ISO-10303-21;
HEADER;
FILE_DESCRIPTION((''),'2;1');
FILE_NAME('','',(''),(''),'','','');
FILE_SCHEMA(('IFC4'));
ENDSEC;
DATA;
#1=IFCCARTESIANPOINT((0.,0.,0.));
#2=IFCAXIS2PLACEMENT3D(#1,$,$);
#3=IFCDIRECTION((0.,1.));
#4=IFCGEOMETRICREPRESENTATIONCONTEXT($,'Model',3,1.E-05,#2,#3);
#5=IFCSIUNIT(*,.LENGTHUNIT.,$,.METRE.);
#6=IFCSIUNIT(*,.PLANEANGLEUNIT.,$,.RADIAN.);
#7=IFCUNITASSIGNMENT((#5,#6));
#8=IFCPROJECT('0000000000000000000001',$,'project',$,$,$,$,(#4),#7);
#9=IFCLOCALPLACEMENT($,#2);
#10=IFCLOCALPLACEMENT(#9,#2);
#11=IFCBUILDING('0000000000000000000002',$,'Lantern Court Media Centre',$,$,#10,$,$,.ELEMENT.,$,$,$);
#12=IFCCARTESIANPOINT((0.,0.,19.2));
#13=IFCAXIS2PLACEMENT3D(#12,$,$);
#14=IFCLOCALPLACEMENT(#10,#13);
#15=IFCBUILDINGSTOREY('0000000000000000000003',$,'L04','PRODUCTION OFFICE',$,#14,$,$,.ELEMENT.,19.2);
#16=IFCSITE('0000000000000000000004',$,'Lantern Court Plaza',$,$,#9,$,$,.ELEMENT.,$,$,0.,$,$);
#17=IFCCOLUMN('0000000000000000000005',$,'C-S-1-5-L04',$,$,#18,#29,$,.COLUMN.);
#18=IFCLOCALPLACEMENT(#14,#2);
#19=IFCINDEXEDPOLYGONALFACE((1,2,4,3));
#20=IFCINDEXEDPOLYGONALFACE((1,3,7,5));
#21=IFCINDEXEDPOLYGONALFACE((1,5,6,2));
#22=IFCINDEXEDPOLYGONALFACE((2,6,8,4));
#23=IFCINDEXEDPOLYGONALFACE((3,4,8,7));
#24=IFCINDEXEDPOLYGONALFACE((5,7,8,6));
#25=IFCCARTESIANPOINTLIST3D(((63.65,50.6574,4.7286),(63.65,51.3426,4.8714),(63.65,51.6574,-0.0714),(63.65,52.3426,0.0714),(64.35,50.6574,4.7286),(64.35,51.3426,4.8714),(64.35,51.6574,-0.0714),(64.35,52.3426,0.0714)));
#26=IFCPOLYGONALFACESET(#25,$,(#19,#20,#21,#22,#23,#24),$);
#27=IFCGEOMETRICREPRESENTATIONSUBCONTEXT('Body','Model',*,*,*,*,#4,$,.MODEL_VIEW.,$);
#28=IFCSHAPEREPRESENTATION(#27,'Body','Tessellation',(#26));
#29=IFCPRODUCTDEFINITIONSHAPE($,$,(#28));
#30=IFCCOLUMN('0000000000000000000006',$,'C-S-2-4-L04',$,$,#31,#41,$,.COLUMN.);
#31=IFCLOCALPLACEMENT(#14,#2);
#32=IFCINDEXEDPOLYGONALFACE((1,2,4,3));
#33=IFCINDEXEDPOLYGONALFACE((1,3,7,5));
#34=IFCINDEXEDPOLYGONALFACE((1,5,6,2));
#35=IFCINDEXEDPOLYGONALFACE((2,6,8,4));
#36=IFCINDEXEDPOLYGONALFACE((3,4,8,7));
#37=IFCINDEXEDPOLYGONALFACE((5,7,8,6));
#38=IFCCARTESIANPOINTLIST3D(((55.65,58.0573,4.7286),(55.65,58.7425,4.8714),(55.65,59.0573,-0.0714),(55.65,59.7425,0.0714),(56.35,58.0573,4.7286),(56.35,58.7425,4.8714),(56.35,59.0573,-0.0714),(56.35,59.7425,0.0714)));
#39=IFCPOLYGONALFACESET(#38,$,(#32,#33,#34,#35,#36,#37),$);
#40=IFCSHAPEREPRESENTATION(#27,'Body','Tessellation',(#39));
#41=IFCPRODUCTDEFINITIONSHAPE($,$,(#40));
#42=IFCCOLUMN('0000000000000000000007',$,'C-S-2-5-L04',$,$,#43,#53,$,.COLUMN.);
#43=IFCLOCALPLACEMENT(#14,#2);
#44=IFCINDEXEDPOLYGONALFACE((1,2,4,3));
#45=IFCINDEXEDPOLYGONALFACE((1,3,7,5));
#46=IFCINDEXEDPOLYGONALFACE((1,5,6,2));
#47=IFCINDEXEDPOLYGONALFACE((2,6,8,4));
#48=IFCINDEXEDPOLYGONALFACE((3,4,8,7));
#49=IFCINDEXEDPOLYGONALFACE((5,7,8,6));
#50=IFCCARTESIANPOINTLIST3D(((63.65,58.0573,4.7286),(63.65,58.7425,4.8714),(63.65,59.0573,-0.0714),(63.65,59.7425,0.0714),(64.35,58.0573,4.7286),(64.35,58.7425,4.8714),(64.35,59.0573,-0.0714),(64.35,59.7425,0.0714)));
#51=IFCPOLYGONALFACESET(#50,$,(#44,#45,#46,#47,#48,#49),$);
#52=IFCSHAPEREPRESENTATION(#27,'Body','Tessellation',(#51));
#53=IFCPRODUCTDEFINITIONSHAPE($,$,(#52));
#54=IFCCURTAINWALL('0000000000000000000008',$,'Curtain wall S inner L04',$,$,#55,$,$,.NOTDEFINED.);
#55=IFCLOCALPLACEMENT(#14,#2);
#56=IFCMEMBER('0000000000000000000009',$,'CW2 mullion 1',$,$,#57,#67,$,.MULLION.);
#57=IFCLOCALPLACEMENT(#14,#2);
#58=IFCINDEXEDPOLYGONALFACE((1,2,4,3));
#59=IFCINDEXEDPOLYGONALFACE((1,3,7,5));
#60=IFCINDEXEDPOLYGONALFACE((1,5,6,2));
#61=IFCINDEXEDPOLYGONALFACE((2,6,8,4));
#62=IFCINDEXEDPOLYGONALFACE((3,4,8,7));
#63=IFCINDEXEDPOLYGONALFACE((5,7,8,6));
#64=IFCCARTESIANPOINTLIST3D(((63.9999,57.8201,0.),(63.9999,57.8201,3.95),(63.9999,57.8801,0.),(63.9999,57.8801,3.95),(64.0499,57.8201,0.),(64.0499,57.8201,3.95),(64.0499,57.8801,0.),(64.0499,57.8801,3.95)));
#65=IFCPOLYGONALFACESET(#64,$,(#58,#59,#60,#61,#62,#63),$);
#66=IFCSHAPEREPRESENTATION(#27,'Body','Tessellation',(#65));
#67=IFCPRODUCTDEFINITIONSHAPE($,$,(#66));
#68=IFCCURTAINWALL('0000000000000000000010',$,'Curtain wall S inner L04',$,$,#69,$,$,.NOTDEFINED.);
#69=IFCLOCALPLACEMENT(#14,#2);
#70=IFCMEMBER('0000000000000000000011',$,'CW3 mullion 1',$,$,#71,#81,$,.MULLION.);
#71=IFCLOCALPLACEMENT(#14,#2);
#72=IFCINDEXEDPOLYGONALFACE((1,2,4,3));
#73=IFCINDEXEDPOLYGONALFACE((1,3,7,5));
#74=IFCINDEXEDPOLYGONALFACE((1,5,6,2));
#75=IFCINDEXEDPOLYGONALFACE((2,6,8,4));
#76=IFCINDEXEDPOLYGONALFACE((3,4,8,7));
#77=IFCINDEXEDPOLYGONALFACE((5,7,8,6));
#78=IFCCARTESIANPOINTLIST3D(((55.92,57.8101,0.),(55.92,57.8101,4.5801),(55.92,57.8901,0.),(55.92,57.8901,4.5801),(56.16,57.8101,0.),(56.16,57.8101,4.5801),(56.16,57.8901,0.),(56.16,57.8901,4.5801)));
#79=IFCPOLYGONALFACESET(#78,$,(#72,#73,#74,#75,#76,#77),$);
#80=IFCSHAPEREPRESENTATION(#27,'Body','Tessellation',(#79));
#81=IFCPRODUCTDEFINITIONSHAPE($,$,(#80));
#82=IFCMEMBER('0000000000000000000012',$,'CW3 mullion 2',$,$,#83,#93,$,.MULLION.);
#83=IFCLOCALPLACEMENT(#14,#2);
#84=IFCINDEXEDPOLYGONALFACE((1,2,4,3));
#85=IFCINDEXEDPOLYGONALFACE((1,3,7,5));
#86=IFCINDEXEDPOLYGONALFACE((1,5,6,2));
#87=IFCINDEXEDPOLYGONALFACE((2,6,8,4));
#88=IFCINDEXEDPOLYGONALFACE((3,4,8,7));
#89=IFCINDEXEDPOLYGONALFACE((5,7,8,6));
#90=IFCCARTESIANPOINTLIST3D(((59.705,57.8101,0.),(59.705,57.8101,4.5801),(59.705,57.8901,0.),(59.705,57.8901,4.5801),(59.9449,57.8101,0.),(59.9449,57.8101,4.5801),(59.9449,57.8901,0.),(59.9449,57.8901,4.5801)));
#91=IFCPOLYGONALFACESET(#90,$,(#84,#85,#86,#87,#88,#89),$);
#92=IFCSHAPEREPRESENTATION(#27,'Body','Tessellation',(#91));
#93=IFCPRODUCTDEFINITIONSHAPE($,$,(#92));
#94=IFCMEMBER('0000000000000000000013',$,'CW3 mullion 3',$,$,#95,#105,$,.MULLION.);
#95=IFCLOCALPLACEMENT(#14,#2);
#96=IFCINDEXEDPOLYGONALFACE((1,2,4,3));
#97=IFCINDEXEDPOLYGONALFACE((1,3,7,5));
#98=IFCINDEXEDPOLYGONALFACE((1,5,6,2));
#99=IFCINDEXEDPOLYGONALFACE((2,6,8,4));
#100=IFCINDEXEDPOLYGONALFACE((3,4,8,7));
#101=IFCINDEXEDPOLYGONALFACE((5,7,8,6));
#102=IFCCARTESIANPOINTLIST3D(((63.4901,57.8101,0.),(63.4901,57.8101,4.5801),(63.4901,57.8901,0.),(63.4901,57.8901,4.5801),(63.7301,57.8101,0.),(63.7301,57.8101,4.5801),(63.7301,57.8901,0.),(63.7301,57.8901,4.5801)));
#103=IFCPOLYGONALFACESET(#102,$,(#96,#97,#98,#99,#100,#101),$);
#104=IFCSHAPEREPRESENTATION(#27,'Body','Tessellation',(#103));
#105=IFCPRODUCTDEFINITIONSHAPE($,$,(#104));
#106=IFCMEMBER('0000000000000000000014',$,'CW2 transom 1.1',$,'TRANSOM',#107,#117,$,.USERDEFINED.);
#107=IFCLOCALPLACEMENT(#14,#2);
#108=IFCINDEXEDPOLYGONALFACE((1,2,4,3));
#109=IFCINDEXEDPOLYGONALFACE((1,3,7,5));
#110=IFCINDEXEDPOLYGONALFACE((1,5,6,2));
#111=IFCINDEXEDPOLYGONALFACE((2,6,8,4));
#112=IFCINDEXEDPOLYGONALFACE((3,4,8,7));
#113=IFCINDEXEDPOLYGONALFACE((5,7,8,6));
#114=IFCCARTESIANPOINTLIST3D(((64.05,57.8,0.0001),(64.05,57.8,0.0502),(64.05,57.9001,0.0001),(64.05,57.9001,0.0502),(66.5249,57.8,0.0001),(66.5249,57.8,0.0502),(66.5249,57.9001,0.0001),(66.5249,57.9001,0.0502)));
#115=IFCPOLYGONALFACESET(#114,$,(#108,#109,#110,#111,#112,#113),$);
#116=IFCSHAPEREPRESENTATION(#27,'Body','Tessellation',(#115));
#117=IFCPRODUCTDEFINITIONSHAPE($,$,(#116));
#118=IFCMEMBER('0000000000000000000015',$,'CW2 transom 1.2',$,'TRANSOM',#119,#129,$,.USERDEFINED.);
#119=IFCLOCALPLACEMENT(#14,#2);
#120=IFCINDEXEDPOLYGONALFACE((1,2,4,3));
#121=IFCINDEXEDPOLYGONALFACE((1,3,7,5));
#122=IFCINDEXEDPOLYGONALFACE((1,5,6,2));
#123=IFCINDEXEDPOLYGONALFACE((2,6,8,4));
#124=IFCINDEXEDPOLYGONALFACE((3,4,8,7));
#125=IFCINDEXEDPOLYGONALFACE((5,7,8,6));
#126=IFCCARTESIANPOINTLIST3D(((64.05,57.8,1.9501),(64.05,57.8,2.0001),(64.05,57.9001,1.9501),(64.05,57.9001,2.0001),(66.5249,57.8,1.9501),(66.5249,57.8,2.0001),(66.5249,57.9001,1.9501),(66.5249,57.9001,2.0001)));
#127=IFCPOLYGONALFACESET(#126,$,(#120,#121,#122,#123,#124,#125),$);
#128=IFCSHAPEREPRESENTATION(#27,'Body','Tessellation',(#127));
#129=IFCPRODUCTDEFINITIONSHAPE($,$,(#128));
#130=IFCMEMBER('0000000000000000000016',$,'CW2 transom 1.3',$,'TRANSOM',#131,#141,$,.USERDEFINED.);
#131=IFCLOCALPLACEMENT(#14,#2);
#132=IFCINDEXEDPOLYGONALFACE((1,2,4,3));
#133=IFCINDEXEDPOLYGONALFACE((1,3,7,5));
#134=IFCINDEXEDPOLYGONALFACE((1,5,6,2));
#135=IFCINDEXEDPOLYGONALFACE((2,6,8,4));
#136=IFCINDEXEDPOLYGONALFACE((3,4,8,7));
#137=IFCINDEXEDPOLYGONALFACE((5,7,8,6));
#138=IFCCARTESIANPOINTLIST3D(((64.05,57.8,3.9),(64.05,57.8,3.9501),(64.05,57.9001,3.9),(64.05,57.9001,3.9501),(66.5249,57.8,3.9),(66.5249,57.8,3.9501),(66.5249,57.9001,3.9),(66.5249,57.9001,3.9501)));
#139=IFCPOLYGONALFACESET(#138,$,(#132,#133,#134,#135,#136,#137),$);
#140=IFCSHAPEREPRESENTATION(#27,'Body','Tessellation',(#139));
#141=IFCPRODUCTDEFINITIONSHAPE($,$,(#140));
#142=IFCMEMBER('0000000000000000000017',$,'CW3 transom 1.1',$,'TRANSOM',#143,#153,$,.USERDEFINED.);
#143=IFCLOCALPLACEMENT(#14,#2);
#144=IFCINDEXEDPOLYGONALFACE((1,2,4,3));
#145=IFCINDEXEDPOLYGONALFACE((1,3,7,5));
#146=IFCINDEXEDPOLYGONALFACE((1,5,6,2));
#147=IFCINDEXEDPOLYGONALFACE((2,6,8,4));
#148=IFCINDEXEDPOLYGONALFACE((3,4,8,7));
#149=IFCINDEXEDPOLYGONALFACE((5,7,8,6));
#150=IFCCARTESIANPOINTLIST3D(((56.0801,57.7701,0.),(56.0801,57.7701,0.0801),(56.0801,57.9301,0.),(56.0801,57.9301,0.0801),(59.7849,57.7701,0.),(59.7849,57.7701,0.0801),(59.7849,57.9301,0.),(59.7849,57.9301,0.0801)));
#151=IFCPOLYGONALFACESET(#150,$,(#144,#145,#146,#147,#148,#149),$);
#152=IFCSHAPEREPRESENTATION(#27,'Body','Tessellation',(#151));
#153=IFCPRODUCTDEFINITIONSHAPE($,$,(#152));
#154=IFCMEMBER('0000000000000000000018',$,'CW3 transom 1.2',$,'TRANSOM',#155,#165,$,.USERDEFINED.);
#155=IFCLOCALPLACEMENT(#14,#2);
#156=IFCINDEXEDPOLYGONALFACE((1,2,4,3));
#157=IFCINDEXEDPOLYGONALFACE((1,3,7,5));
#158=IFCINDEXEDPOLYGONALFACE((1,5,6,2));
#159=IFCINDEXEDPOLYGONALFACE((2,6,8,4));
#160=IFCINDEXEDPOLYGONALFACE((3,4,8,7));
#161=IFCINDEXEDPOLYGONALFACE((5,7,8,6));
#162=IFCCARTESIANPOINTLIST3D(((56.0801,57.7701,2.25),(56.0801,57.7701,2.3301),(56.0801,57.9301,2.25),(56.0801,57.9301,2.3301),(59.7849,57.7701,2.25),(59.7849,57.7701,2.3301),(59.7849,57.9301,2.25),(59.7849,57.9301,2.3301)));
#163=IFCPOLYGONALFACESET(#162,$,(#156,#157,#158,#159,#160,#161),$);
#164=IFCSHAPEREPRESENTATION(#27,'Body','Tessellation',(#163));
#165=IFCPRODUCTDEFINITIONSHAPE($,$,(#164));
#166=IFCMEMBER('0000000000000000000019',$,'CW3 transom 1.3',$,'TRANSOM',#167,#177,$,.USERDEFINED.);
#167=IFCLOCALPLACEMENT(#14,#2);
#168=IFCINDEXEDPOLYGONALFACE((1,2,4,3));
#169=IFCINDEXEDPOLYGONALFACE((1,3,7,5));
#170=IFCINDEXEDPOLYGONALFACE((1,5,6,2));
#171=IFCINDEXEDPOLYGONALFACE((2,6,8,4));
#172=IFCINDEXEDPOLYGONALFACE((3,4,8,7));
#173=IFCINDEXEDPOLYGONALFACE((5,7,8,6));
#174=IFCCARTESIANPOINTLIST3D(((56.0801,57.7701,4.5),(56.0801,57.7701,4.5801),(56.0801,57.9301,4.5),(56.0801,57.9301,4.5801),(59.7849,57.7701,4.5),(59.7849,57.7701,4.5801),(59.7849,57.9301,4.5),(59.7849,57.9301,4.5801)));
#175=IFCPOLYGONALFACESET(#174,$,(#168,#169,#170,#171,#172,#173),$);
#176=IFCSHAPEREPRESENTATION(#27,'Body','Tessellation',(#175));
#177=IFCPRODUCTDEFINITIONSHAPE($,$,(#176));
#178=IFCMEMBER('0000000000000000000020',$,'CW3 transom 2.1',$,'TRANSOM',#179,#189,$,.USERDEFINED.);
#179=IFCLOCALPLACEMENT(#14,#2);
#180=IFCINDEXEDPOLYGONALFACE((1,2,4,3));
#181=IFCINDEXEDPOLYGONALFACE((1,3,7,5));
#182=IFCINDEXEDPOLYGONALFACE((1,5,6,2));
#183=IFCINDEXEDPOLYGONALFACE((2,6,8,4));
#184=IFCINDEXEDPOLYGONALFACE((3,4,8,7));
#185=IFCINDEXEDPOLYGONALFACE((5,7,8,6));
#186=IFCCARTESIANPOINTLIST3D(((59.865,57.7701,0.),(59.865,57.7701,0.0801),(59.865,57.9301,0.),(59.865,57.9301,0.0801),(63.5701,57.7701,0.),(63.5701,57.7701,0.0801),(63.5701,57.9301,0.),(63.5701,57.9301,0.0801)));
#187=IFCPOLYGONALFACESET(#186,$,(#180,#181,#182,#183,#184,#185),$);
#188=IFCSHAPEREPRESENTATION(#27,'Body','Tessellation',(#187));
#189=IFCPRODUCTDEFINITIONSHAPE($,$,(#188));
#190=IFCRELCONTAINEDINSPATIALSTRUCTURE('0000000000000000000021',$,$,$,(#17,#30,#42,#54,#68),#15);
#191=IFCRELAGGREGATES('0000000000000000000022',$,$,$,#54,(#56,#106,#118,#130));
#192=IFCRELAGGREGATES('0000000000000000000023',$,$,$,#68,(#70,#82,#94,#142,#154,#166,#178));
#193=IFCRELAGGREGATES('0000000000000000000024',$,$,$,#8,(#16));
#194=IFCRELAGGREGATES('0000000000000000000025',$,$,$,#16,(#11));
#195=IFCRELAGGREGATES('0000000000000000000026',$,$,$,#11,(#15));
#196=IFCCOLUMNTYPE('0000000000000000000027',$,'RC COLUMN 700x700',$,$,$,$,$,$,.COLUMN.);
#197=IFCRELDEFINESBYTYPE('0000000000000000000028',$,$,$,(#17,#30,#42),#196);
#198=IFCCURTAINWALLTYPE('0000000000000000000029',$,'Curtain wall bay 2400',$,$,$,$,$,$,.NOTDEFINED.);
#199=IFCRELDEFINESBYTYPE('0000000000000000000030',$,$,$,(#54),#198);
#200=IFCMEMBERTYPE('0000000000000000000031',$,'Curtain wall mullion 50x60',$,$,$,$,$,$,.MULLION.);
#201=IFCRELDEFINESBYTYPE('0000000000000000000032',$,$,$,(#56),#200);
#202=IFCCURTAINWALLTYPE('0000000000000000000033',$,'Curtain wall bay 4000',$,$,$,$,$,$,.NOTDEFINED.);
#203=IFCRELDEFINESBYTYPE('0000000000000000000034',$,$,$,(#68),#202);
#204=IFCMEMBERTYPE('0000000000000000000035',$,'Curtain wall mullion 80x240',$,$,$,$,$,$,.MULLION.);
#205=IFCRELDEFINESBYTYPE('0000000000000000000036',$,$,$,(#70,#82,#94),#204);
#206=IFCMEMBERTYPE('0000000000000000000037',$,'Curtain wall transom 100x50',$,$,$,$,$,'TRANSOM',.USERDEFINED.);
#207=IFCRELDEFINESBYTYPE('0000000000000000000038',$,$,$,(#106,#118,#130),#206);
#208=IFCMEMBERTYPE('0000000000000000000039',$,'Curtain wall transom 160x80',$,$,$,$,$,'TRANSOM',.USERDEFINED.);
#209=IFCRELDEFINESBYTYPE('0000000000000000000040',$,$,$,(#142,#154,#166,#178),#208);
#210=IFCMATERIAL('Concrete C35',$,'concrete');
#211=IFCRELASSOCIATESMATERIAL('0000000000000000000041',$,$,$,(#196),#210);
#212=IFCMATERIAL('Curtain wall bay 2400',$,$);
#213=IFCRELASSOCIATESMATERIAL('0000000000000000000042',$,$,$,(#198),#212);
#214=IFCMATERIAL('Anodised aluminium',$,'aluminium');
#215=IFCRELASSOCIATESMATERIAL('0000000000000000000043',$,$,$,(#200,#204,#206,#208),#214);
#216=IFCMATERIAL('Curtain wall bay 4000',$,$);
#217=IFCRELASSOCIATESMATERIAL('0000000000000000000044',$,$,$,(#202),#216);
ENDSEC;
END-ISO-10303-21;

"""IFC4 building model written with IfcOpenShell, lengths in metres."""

from ifc_helpers import new_model, si_unit, direction, frame, origin, origin_2d, place, context, subcontext, project, spatial, rectangle, extrude, material, material_profile, profile_set, type_object, element, aggregate, save


model = new_model("IFC4")

# Units and contexts
model_context = context("Model", 3, precision=1e-05, world=origin(), true_north=direction((0.0, 1.0)))
body_context = subcontext(model_context, "Body", "Model", "MODEL_VIEW")
ifc_project = project(units=[si_unit("LENGTHUNIT", "METRE"), si_unit("PLANEANGLEUNIT", "RADIAN")], contexts=[model_context])

# Site, building, storey
site_placement = place(None, origin())
site = spatial("IfcSite", under=ifc_project, at=site_placement, Name="Lantern Court Plaza", CompositionType="ELEMENT", RefElevation=0.0)
building_placement = place(site_placement, origin())
building = spatial("IfcBuilding", under=site, at=building_placement, Name="Lantern Court Media Centre", CompositionType="ELEMENT")
storey_placement = place(building_placement, frame((0.0, 0.0, 19.2)))
storey = spatial("IfcBuildingStorey", under=building, at=storey_placement, Name="L04", Description="PRODUCTION OFFICE", CompositionType="ELEMENT", Elevation=19.2)

# Columns
ifc_material_1 = material(Name="Concrete C35", Category="concrete")
ifc_material_profile_1 = material_profile(ifc_material_1, rectangle(XDim=0.7, YDim=0.7, at=origin_2d()), Name="RC 700x700")
ifc_profile_set_1 = profile_set([ifc_material_profile_1], Name="Concrete C35")
column_type = type_object("IfcColumnType", Name="RC COLUMN 700x700", PredefinedType="COLUMN", material=ifc_profile_set_1)
for number, where, z_axis, x_axis, name in (
    (1, (64.0, 52.0, 0.0), (0.0, -0.203952, 0.978981), (1.0, 0.0, 0.0), "C-S-1-5-L04"),
    (2, (56.0, 59.3999, 0.0), (0.0, -0.203952, 0.978981), (1.0, 0.0, 0.0), "C-S-2-4-L04"),
    (3, (64.0, 59.3999, 0.0), (0.0, -0.203952, 0.978981), (1.0, 0.0, 0.0), "C-S-2-5-L04"),
):
    element("IfcColumn", number, at=place(storey_placement, frame(where, z_axis=z_axis, x_axis=x_axis)), inside=storey, type_object=column_type, Name=name, PredefinedType="COLUMN", context=body_context, shape_type="SweptSolid", body=[
        extrude(rectangle(XDim=0.7, YDim=0.7, at=origin_2d()), origin(), (0.0, 0.0, 1.0), 4.9031),
    ])

# Curtain wall, member
ifc_material_2 = material(Name="Curtain wall bay 2400")
curtain_wall_type_1 = type_object("IfcCurtainWallType", Name="Curtain wall bay 2400", PredefinedType="NOTDEFINED", material=ifc_material_2)
curtain_wall_1_placement = place(storey_placement, origin())
curtain_wall_1 = element("IfcCurtainWall", 4, at=curtain_wall_1_placement, inside=storey, type_object=curtain_wall_type_1, Name="Curtain wall S inner L04", PredefinedType="NOTDEFINED")
ifc_material_3 = material(Name="Anodised aluminium", Category="aluminium")
ifc_material_profile_2 = material_profile(ifc_material_3, rectangle(XDim=0.0601, YDim=0.05, at=origin_2d()), Name="AL 50x60")
ifc_profile_set_2 = profile_set([ifc_material_profile_2], Name="Anodised aluminium")
member_type_1 = type_object("IfcMemberType", Name="Curtain wall mullion 50x60", PredefinedType="MULLION", material=ifc_profile_set_2)
member_1_placement = place(storey_placement, frame((64.0249, 57.8501, 0.0), z_axis=(0.0, 0.0, 1.0), x_axis=(0.0, 1.0, 0.0)))
member_1 = element("IfcMember", 5, at=member_1_placement, type_object=member_type_1, Name="CW2 mullion 1", PredefinedType="MULLION", context=body_context, shape_type="SweptSolid", body=[
    extrude(rectangle(XDim=0.0601, YDim=0.05, at=origin_2d()), origin(), (0.0, 0.0, 1.0), 3.95),
])

# Curtain wall, members
ifc_material_4 = material(Name="Curtain wall bay 4000")
curtain_wall_type_2 = type_object("IfcCurtainWallType", Name="Curtain wall bay 4000", PredefinedType="NOTDEFINED", material=ifc_material_4)
curtain_wall_2_placement = place(storey_placement, origin())
curtain_wall_2 = element("IfcCurtainWall", 6, at=curtain_wall_2_placement, inside=storey, type_object=curtain_wall_type_2, Name="Curtain wall S inner L04", PredefinedType="NOTDEFINED")
ifc_material_profile_3 = material_profile(ifc_material_3, rectangle(XDim=0.0801, YDim=0.24, at=origin_2d()), Name="AL 80x240")
ifc_profile_set_3 = profile_set([ifc_material_profile_3], Name="Anodised aluminium")
member_type_2 = type_object("IfcMemberType", Name="Curtain wall mullion 80x240", PredefinedType="MULLION", material=ifc_profile_set_3)
member_2_placement = place(storey_placement, frame((56.04, 57.8501, 0.0), z_axis=(0.0, 0.0, 1.0), x_axis=(0.0, 1.0, 0.0)))
member_2 = element("IfcMember", 7, at=member_2_placement, type_object=member_type_2, Name="CW3 mullion 1", PredefinedType="MULLION", context=body_context, shape_type="SweptSolid", body=[
    extrude(rectangle(XDim=0.0801, YDim=0.24, at=origin_2d()), origin(), (0.0, 0.0, 1.0), 4.5801),
])
member_3_placement = place(storey_placement, frame((59.825, 57.8501, 0.0), z_axis=(0.0, 0.0, 1.0), x_axis=(0.0, 1.0, 0.0)))
member_3 = element("IfcMember", 8, at=member_3_placement, type_object=member_type_2, Name="CW3 mullion 2", PredefinedType="MULLION", context=body_context, shape_type="SweptSolid", body=[
    extrude(rectangle(XDim=0.0801, YDim=0.24, at=origin_2d()), origin(), (0.0, 0.0, 1.0), 4.5801),
])
member_4_placement = place(storey_placement, frame((63.6101, 57.8501, 0.0), z_axis=(0.0, 0.0, 1.0), x_axis=(0.0, 1.0, 0.0)))
member_4 = element("IfcMember", 9, at=member_4_placement, type_object=member_type_2, Name="CW3 mullion 3", PredefinedType="MULLION", context=body_context, shape_type="SweptSolid", body=[
    extrude(rectangle(XDim=0.0801, YDim=0.24, at=origin_2d()), origin(), (0.0, 0.0, 1.0), 4.5801),
])

# Members
ifc_material_profile_4 = material_profile(ifc_material_3, rectangle(XDim=0.1001, YDim=0.05, at=origin_2d()), Name="AL 50x100")
ifc_profile_set_4 = profile_set([ifc_material_profile_4], Name="Anodised aluminium")
member_type_3 = type_object("IfcMemberType", Name="Curtain wall transom 100x50", ElementType="TRANSOM", PredefinedType="USERDEFINED", material=ifc_profile_set_4)
member_5_placement = place(storey_placement, frame((64.05, 57.8501, 0.0251), z_axis=(1.0, 0.0, 0.0), x_axis=(0.0, 1.0, 0.0)))
member_5 = element("IfcMember", 10, at=member_5_placement, type_object=member_type_3, Name="CW2 transom 1.1", ObjectType="TRANSOM", PredefinedType="USERDEFINED", context=body_context, shape_type="SweptSolid", body=[
    extrude(rectangle(XDim=0.1001, YDim=0.05, at=origin_2d()), origin(), (0.0, 0.0, 1.0), 2.4749),
])
member_6_placement = place(storey_placement, frame((64.05, 57.8501, 1.9751), z_axis=(1.0, 0.0, 0.0), x_axis=(0.0, 1.0, 0.0)))
member_6 = element("IfcMember", 11, at=member_6_placement, type_object=member_type_3, Name="CW2 transom 1.2", ObjectType="TRANSOM", PredefinedType="USERDEFINED", context=body_context, shape_type="SweptSolid", body=[
    extrude(rectangle(XDim=0.1001, YDim=0.05, at=origin_2d()), origin(), (0.0, 0.0, 1.0), 2.4749),
])
member_7_placement = place(storey_placement, frame((64.05, 57.8501, 3.925), z_axis=(1.0, 0.0, 0.0), x_axis=(0.0, 1.0, 0.0)))
member_7 = element("IfcMember", 12, at=member_7_placement, type_object=member_type_3, Name="CW2 transom 1.3", ObjectType="TRANSOM", PredefinedType="USERDEFINED", context=body_context, shape_type="SweptSolid", body=[
    extrude(rectangle(XDim=0.1001, YDim=0.05, at=origin_2d()), origin(), (0.0, 0.0, 1.0), 2.4749),
])
aggregate(curtain_wall_1, [member_1, member_5, member_6, member_7])
ifc_material_profile_5 = material_profile(ifc_material_3, rectangle(XDim=0.1599, YDim=0.0801, at=origin_2d()), Name="AL 80x160")
ifc_profile_set_5 = profile_set([ifc_material_profile_5], Name="Anodised aluminium")
member_type_4 = type_object("IfcMemberType", Name="Curtain wall transom 160x80", ElementType="TRANSOM", PredefinedType="USERDEFINED", material=ifc_profile_set_5)
member_8_placement = place(storey_placement, frame((56.0801, 57.8501, 0.04), z_axis=(1.0, 0.0, 0.0), x_axis=(0.0, 1.0, 0.0)))
member_8 = element("IfcMember", 13, at=member_8_placement, type_object=member_type_4, Name="CW3 transom 1.1", ObjectType="TRANSOM", PredefinedType="USERDEFINED", context=body_context, shape_type="SweptSolid", body=[
    extrude(rectangle(XDim=0.1599, YDim=0.0801, at=origin_2d()), origin(), (0.0, 0.0, 1.0), 3.7048),
])
member_9_placement = place(storey_placement, frame((56.0801, 57.8501, 2.29), z_axis=(1.0, 0.0, 0.0), x_axis=(0.0, 1.0, 0.0)))
member_9 = element("IfcMember", 14, at=member_9_placement, type_object=member_type_4, Name="CW3 transom 1.2", ObjectType="TRANSOM", PredefinedType="USERDEFINED", context=body_context, shape_type="SweptSolid", body=[
    extrude(rectangle(XDim=0.1599, YDim=0.0801, at=origin_2d()), origin(), (0.0, 0.0, 1.0), 3.7048),
])
member_10_placement = place(storey_placement, frame((56.0801, 57.8501, 4.54), z_axis=(1.0, 0.0, 0.0), x_axis=(0.0, 1.0, 0.0)))
member_10 = element("IfcMember", 15, at=member_10_placement, type_object=member_type_4, Name="CW3 transom 1.3", ObjectType="TRANSOM", PredefinedType="USERDEFINED", context=body_context, shape_type="SweptSolid", body=[
    extrude(rectangle(XDim=0.1599, YDim=0.0801, at=origin_2d()), origin(), (0.0, 0.0, 1.0), 3.7048),
])
member_11_placement = place(storey_placement, frame((59.865, 57.8501, 0.04), z_axis=(1.0, 0.0, 0.0), x_axis=(0.0, 1.0, 0.0)))
member_11 = element("IfcMember", 16, at=member_11_placement, type_object=member_type_4, Name="CW3 transom 2.1", ObjectType="TRANSOM", PredefinedType="USERDEFINED", context=body_context, shape_type="SweptSolid", body=[
    extrude(rectangle(XDim=0.1599, YDim=0.0801, at=origin_2d()), origin(), (0.0, 0.0, 1.0), 3.7051),
])

aggregate(curtain_wall_2, [member_2, member_3, member_4, member_8, member_9, member_10, member_11])

save(model, "model.ifc")
